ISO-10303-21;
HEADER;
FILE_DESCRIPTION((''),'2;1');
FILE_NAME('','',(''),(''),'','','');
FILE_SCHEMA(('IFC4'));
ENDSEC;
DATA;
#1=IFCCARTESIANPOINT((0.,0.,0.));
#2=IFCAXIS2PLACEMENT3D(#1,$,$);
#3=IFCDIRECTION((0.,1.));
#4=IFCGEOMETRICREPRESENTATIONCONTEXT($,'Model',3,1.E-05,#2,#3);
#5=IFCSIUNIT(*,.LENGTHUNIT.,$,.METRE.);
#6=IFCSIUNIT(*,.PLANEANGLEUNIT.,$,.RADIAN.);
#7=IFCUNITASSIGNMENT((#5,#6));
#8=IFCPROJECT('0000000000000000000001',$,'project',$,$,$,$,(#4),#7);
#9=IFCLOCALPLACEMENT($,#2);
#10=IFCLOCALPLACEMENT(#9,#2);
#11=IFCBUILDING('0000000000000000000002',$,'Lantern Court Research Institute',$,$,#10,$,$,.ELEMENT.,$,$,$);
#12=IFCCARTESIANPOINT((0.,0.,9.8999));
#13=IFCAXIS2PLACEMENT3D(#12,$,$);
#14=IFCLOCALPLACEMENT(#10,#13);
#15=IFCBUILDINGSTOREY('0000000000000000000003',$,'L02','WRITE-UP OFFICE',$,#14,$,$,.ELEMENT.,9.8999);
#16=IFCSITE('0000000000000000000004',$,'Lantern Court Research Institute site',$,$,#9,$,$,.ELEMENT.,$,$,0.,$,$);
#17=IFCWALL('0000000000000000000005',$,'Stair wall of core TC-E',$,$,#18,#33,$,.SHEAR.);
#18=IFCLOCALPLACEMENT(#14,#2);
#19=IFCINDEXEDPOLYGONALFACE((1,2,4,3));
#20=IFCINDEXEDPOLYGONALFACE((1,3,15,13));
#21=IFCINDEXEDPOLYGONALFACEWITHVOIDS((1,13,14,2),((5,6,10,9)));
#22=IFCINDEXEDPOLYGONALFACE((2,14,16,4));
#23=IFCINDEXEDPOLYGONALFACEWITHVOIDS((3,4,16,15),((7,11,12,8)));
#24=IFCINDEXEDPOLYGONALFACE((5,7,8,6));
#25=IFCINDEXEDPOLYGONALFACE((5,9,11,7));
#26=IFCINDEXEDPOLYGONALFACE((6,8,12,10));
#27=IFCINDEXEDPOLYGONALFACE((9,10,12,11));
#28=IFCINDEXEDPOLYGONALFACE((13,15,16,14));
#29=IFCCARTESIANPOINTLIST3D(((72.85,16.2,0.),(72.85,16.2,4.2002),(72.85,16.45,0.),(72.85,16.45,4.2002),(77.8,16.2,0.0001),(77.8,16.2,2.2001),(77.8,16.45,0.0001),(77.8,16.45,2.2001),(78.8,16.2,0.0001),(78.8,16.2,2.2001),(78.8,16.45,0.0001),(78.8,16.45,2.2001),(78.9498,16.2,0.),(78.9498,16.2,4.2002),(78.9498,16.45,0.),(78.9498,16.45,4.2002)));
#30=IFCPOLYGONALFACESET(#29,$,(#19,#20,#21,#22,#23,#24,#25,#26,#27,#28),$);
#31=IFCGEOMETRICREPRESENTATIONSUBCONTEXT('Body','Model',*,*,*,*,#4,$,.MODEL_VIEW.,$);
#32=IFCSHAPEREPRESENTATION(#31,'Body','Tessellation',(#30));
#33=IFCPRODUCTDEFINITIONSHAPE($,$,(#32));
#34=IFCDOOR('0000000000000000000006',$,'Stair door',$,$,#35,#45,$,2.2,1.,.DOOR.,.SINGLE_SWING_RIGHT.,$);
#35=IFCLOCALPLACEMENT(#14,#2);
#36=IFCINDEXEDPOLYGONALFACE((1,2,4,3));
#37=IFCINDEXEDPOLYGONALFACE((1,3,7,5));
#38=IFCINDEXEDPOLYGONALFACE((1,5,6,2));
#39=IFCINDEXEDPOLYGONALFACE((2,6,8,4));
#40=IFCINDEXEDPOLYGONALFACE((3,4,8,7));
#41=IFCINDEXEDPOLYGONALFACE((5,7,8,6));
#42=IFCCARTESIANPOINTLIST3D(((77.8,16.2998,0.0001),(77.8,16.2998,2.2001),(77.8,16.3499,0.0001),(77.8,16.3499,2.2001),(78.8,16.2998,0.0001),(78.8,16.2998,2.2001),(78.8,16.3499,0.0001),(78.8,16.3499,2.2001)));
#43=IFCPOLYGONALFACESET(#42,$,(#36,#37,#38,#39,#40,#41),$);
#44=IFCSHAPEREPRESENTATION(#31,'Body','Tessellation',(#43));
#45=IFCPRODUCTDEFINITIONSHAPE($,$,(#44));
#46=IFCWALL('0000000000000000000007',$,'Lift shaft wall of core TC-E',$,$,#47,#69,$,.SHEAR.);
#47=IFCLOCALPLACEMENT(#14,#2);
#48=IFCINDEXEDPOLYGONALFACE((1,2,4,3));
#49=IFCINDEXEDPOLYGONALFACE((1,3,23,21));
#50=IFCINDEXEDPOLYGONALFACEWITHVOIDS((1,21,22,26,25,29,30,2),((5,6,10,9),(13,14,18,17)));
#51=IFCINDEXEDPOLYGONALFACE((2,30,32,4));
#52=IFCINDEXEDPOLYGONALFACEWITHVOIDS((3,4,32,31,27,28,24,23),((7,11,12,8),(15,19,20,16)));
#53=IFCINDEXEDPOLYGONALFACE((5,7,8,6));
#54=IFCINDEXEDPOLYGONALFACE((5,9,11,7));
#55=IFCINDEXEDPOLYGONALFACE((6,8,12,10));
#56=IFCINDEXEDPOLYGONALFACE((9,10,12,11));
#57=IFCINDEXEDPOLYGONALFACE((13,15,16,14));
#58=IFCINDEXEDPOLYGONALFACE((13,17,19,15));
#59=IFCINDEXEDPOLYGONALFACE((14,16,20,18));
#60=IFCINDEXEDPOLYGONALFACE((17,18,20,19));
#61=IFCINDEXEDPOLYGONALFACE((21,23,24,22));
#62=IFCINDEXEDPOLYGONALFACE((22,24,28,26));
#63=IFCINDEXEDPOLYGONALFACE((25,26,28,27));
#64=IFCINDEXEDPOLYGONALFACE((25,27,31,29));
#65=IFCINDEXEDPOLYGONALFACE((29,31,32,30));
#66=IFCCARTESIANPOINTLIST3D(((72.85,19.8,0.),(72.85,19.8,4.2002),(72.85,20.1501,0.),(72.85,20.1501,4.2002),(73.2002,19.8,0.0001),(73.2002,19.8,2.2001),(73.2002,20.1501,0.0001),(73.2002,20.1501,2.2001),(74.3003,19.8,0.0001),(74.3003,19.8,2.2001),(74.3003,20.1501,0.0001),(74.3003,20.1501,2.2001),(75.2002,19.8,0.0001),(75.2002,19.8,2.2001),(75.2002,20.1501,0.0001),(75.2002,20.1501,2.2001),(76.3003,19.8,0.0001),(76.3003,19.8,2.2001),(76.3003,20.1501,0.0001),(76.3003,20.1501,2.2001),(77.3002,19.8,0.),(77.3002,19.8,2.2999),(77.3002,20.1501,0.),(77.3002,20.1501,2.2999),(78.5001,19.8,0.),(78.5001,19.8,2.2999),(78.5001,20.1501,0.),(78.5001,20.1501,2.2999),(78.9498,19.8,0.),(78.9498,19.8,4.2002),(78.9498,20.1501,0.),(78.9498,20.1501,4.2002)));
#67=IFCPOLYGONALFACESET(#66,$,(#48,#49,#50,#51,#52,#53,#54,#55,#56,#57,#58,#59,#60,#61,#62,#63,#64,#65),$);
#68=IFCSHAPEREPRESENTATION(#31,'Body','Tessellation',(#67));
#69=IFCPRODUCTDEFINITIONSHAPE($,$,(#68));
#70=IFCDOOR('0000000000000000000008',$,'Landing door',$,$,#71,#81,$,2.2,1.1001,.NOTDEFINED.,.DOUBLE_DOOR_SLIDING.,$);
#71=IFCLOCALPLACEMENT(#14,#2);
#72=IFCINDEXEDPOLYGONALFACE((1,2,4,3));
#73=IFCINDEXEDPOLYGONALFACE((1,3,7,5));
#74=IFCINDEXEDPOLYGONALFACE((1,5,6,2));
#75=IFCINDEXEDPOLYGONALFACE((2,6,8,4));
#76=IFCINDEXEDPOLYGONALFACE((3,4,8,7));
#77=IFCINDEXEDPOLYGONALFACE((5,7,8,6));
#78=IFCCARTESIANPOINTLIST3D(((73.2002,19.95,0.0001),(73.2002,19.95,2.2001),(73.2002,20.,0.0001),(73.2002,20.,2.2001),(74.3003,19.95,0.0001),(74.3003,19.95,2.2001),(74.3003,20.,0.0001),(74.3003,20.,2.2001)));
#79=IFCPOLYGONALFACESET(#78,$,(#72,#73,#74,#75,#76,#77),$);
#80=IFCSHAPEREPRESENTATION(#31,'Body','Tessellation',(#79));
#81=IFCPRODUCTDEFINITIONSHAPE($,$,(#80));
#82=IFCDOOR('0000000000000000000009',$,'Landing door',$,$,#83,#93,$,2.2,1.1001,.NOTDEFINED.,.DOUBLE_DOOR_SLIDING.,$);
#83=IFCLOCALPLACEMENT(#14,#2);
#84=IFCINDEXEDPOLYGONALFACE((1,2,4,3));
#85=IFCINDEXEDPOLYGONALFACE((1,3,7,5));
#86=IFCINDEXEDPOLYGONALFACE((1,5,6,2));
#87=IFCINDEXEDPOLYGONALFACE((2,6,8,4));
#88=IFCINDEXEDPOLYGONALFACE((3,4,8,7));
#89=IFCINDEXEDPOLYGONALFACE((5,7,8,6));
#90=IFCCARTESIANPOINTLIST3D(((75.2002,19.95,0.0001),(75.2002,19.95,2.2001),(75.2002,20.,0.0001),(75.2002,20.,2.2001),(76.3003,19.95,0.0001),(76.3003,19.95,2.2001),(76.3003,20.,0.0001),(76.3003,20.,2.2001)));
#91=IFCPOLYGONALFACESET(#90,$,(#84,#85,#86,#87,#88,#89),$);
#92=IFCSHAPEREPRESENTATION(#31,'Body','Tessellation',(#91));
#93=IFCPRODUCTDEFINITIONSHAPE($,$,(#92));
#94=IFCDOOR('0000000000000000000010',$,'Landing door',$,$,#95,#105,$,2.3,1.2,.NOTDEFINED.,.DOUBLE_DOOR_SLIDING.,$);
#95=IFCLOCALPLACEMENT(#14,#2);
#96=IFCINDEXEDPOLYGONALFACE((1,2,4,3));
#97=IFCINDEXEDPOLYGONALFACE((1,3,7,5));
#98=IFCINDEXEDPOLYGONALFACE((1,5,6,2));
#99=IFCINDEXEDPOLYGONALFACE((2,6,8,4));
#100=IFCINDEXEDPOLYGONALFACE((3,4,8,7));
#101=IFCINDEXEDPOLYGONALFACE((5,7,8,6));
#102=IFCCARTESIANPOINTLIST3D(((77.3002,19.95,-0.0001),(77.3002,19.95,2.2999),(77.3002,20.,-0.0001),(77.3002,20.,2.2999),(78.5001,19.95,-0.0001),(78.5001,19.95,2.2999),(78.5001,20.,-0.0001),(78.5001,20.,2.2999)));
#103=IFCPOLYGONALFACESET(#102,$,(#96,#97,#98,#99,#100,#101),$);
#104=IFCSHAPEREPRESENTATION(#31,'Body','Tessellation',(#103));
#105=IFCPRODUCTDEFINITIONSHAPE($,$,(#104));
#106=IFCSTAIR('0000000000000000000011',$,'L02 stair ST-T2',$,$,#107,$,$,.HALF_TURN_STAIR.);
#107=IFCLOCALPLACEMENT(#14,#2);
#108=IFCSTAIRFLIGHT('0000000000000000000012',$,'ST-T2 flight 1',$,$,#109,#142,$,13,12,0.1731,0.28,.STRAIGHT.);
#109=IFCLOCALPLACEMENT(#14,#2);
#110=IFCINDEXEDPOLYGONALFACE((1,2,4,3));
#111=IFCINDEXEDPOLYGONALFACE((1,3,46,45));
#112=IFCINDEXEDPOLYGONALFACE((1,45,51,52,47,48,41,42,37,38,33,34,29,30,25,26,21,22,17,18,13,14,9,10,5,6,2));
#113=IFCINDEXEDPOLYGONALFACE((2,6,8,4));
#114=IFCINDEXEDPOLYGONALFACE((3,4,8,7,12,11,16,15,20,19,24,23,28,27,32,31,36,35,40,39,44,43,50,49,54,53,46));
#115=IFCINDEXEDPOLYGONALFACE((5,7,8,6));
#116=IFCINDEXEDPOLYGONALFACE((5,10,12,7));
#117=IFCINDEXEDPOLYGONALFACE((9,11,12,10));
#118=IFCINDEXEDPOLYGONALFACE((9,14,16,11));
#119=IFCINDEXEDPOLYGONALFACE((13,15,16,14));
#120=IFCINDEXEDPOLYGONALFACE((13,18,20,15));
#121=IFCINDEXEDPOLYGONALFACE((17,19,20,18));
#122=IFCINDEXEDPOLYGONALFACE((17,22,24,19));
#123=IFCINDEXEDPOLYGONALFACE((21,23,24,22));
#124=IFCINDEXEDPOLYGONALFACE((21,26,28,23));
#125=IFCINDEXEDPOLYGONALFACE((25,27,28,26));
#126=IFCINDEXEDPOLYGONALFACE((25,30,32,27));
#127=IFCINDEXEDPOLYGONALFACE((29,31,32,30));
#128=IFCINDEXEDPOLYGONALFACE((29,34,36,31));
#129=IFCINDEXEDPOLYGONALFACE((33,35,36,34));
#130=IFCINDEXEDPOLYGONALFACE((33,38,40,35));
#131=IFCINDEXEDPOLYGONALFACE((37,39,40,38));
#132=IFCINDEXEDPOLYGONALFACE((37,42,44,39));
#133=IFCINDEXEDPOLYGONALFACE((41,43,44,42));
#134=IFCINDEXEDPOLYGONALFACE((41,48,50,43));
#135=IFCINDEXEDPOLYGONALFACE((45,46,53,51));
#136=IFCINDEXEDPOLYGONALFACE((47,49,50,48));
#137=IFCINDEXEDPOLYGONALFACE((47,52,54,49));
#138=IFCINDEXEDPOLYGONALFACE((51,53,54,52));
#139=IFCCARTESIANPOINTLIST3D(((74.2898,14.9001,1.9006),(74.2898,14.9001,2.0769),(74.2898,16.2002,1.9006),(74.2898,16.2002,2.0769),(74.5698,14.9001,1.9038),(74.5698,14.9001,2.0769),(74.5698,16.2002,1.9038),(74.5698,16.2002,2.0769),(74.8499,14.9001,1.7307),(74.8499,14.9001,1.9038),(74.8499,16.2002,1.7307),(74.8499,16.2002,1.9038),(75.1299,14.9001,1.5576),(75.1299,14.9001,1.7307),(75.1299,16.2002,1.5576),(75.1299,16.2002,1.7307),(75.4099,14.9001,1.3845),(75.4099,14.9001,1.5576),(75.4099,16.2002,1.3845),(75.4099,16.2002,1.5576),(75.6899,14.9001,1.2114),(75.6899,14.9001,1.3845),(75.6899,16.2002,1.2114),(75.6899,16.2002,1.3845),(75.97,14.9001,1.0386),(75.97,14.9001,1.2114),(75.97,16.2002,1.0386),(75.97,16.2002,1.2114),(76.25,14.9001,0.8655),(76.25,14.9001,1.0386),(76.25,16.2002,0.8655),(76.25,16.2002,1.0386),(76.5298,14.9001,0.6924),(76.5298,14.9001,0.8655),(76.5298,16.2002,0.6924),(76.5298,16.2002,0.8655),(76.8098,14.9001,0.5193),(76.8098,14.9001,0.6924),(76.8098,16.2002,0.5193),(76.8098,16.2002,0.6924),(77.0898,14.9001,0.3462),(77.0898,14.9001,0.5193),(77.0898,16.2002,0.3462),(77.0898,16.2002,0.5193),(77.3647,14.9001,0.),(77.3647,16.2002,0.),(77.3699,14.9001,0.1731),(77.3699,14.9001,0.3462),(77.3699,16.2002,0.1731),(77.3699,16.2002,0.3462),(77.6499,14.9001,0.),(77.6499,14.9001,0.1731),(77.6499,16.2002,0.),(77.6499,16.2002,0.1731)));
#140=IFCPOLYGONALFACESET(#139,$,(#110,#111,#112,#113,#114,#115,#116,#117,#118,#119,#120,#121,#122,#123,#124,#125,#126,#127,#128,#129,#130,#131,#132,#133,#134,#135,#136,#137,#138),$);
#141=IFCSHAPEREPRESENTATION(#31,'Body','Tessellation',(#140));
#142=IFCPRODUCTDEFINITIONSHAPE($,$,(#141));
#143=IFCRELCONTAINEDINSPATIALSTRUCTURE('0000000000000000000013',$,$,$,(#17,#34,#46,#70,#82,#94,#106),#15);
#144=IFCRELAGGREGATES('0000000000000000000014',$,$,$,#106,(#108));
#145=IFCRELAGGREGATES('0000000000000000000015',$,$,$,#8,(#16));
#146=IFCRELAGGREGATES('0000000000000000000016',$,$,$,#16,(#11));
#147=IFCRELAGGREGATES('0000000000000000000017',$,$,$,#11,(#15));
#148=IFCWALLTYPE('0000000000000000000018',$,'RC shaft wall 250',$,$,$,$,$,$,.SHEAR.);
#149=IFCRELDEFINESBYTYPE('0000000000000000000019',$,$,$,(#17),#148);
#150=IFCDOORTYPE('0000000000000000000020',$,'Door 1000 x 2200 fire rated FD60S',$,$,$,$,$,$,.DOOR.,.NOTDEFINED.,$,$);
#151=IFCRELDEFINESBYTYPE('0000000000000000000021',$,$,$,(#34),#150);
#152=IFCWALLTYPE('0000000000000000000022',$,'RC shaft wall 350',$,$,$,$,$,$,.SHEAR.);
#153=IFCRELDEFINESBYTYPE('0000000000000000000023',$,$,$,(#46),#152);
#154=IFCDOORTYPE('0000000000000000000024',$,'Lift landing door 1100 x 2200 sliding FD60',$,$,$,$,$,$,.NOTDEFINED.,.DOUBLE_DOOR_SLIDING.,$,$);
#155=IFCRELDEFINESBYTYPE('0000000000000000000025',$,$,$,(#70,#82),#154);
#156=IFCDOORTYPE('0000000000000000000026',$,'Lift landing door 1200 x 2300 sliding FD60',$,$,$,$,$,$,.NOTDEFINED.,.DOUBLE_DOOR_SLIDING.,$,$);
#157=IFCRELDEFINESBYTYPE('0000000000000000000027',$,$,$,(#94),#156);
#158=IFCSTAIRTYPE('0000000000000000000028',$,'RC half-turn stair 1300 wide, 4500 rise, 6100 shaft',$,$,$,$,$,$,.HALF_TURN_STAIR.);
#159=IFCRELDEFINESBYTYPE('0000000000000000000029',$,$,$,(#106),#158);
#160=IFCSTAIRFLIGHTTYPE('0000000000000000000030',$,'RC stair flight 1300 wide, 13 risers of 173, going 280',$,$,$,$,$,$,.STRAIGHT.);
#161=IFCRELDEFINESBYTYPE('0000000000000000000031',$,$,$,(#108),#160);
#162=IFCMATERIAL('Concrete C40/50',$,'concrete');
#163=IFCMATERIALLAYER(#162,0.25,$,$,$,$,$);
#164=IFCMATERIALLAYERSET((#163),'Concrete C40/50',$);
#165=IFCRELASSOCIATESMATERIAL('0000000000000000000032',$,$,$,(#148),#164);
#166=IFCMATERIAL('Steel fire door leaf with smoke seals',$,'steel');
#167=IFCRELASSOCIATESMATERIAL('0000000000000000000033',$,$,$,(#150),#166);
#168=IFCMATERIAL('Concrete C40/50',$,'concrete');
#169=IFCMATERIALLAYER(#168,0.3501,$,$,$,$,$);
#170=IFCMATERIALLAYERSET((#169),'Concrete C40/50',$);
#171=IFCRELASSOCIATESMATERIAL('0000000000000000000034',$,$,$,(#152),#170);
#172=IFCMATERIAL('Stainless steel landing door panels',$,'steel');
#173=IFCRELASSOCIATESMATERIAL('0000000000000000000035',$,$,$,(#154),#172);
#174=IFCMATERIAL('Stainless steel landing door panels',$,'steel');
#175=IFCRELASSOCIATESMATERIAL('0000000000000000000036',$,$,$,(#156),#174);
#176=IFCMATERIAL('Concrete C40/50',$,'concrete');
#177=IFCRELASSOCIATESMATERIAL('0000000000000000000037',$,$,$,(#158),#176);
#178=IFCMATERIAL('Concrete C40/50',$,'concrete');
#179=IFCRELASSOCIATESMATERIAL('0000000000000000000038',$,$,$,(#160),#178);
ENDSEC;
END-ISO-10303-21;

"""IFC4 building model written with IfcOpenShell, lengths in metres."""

from ifc_helpers import new_model, si_unit, direction, frame, frame_2d, origin, place, context, subcontext, project, spatial, polyline, rectangle, outline, extrude, material, layer, layer_set, type_object, element, fill, aggregate, save


model = new_model("IFC4")

# Units and contexts
model_context = context("Model", 3, precision=1e-05, world=origin(), true_north=direction((0.0, 1.0)))
body_context = subcontext(model_context, "Body", "Model", "MODEL_VIEW")
ifc_project = project(units=[si_unit("LENGTHUNIT", "METRE"), si_unit("PLANEANGLEUNIT", "RADIAN")], contexts=[model_context])

# Site, building, storey
site_placement = place(None, origin())
site = spatial("IfcSite", under=ifc_project, at=site_placement, Name="Lantern Court Research Institute site", CompositionType="ELEMENT", RefElevation=0.0)
building_placement = place(site_placement, origin())
building = spatial("IfcBuilding", under=site, at=building_placement, Name="Lantern Court Research Institute", CompositionType="ELEMENT")
storey_placement = place(building_placement, frame((0.0, 0.0, 9.8999)))
storey = spatial("IfcBuildingStorey", under=building, at=storey_placement, Name="L02", Description="WRITE-UP OFFICE", CompositionType="ELEMENT", Elevation=9.8999)

# Wall, opening, door
ifc_material_1 = material(Name="Concrete C40/50", Category="concrete")
ifc_layer_1 = layer(ifc_material_1, 0.25)
ifc_layer_set_1 = layer_set([ifc_layer_1], Name="Concrete C40/50")
wall_type_1 = type_object("IfcWallType", Name="RC shaft wall 250", PredefinedType="SHEAR", material=ifc_layer_set_1)
wall_1_placement = place(storey_placement, frame((72.8501, 16.325, 0.0), z_axis=(0.0, 0.0, 1.0), x_axis=(1.0, 0.0, 0.0)))
wall_1 = element("IfcWall", 1, at=wall_1_placement, inside=storey, type_object=wall_type_1, Name="Stair wall of core TC-E", PredefinedType="SHEAR", context=body_context, shape_type="SweptSolid", body=[
    extrude(rectangle(XDim=6.0999, YDim=0.25, at=frame_2d((3.0498, 0.0))), origin(), (0.0, 0.0, 1.0), 4.2002),
])
opening_1_placement = place(wall_1_placement, frame((4.95, 0.0, 0.0)))
opening_1 = element("IfcOpeningElement", 2, at=opening_1_placement, cuts=wall_1, PredefinedType="OPENING", context=body_context, shape_type="SweptSolid", body=[
    extrude(rectangle(XDim=1.0, YDim=2.2, at=frame_2d((0.5, 1.1001))), frame((0.0, 0.135, 0.0), z_axis=(0.0, -1.0, 0.0), x_axis=(1.0, 0.0, 0.0)), (0.0, 0.0, 1.0), 0.27),
])
ifc_material_2 = material(Name="Steel fire door leaf with smoke seals", Category="steel")
door_type_1 = type_object("IfcDoorType", Name="Door 1000 x 2200 fire rated FD60S", OperationType="NOTDEFINED", PredefinedType="DOOR", material=ifc_material_2)
door_1_placement = place(opening_1_placement, origin())
door_1 = element("IfcDoor", 3, at=door_1_placement, inside=storey, type_object=door_type_1, Name="Stair door", OperationType="SINGLE_SWING_RIGHT", OverallHeight=2.2, OverallWidth=1.0, PredefinedType="DOOR", context=body_context, shape_type="SweptSolid", body=[
    extrude(rectangle(XDim=1.0, YDim=2.2, at=frame_2d((0.5, 1.1001))), frame((0.0, 0.0249, 0.0), z_axis=(0.0, -1.0, 0.0), x_axis=(1.0, 0.0, 0.0)), (0.0, 0.0, 1.0), 0.05),
])
fill(opening_1, door_1)

# Wall, openings, doors
ifc_material_3 = material(Name="Concrete C40/50", Category="concrete")
ifc_layer_2 = layer(ifc_material_3, 0.3501)
ifc_layer_set_2 = layer_set([ifc_layer_2], Name="Concrete C40/50")
wall_type_2 = type_object("IfcWallType", Name="RC shaft wall 350", PredefinedType="SHEAR", material=ifc_layer_set_2)
wall_2_placement = place(storey_placement, frame((72.8501, 19.9751, 0.0), z_axis=(0.0, 0.0, 1.0), x_axis=(1.0, 0.0, 0.0)))
wall_2 = element("IfcWall", 4, at=wall_2_placement, inside=storey, type_object=wall_type_2, Name="Lift shaft wall of core TC-E", PredefinedType="SHEAR", context=body_context, shape_type="SweptSolid", body=[
    extrude(rectangle(XDim=6.0999, YDim=0.3501, at=frame_2d((3.0498, 0.0))), origin(), (0.0, 0.0, 1.0), 4.2002),
])
opening_2_placement = place(wall_2_placement, frame((0.3501, 0.0, 0.0)))
opening_2 = element("IfcOpeningElement", 5, at=opening_2_placement, cuts=wall_2, PredefinedType="OPENING", context=body_context, shape_type="SweptSolid", body=[
    extrude(rectangle(XDim=1.1001, YDim=2.2, at=frame_2d((0.55, 1.1001))), frame((0.0, 0.1851, 0.0), z_axis=(0.0, -1.0, 0.0), x_axis=(1.0, 0.0, 0.0)), (0.0, 0.0, 1.0), 0.3701),
])
opening_3_placement = place(wall_2_placement, frame((2.3501, 0.0, 0.0)))
opening_3 = element("IfcOpeningElement", 6, at=opening_3_placement, cuts=wall_2, PredefinedType="OPENING", context=body_context, shape_type="SweptSolid", body=[
    extrude(rectangle(XDim=1.1001, YDim=2.2, at=frame_2d((0.55, 1.1001))), frame((0.0, 0.1851, 0.0), z_axis=(0.0, -1.0, 0.0), x_axis=(1.0, 0.0, 0.0)), (0.0, 0.0, 1.0), 0.3701),
])
opening_4_placement = place(wall_2_placement, frame((4.45, 0.0, 0.0)))
opening_4 = element("IfcOpeningElement", 7, at=opening_4_placement, cuts=wall_2, PredefinedType="OPENING", context=body_context, shape_type="SweptSolid", body=[
    extrude(rectangle(XDim=1.2, YDim=2.3, at=frame_2d((0.6001, 1.1499))), frame((0.0, 0.1851, 0.0), z_axis=(0.0, -1.0, 0.0), x_axis=(1.0, 0.0, 0.0)), (0.0, 0.0, 1.0), 0.3701),
])
ifc_material_4 = material(Name="Stainless steel landing door panels", Category="steel")
door_type_2 = type_object("IfcDoorType", Name="Lift landing door 1100 x 2200 sliding FD60", OperationType="DOUBLE_DOOR_SLIDING", PredefinedType="NOTDEFINED", material=ifc_material_4)
door_2_placement = place(opening_2_placement, origin())
door_2 = element("IfcDoor", 8, at=door_2_placement, inside=storey, type_object=door_type_2, Name="Landing door", OperationType="DOUBLE_DOOR_SLIDING", OverallHeight=2.2, OverallWidth=1.1001, PredefinedType="NOTDEFINED", context=body_context, shape_type="SweptSolid", body=[
    extrude(rectangle(XDim=1.1001, YDim=2.2, at=frame_2d((0.55, 1.1001))), frame((0.0, 0.0249, 0.0), z_axis=(0.0, -1.0, 0.0), x_axis=(1.0, 0.0, 0.0)), (0.0, 0.0, 1.0), 0.05),
])
fill(opening_2, door_2)
door_3_placement = place(opening_3_placement, origin())
door_3 = element("IfcDoor", 9, at=door_3_placement, inside=storey, type_object=door_type_2, Name="Landing door", OperationType="DOUBLE_DOOR_SLIDING", OverallHeight=2.2, OverallWidth=1.1001, PredefinedType="NOTDEFINED", context=body_context, shape_type="SweptSolid", body=[
    extrude(rectangle(XDim=1.1001, YDim=2.2, at=frame_2d((0.55, 1.1001))), frame((0.0, 0.0249, 0.0), z_axis=(0.0, -1.0, 0.0), x_axis=(1.0, 0.0, 0.0)), (0.0, 0.0, 1.0), 0.05),
])
fill(opening_3, door_3)
ifc_material_5 = material(Name="Stainless steel landing door panels", Category="steel")
door_type_3 = type_object("IfcDoorType", Name="Lift landing door 1200 x 2300 sliding FD60", OperationType="DOUBLE_DOOR_SLIDING", PredefinedType="NOTDEFINED", material=ifc_material_5)
door_4_placement = place(opening_4_placement, origin())
door_4 = element("IfcDoor", 10, at=door_4_placement, inside=storey, type_object=door_type_3, Name="Landing door", OperationType="DOUBLE_DOOR_SLIDING", OverallHeight=2.3, OverallWidth=1.2, PredefinedType="NOTDEFINED", context=body_context, shape_type="SweptSolid", body=[
    extrude(rectangle(XDim=1.2, YDim=2.3, at=frame_2d((0.6001, 1.1499))), frame((0.0, 0.0249, 0.0), z_axis=(0.0, -1.0, 0.0), x_axis=(1.0, 0.0, 0.0)), (0.0, 0.0, 1.0), 0.05),
])
fill(opening_4, door_4)

# Stair, stair flight
ifc_material_6 = material(Name="Concrete C40/50", Category="concrete")
stair_type = type_object("IfcStairType", Name="RC half-turn stair 1300 wide, 4500 rise, 6100 shaft", PredefinedType="HALF_TURN_STAIR", material=ifc_material_6)
stair_placement = place(storey_placement, origin())
stair = element("IfcStair", 11, at=stair_placement, inside=storey, type_object=stair_type, Name="L02 stair ST-T2", PredefinedType="HALF_TURN_STAIR")
ifc_material_7 = material(Name="Concrete C40/50", Category="concrete")
stair_flight_type = type_object("IfcStairFlightType", Name="RC stair flight 1300 wide, 13 risers of 173, going 280", PredefinedType="STRAIGHT", material=ifc_material_7)
stair_flight_1_placement = place(storey_placement, frame((77.6499, 15.55, 0.0), z_axis=(0.0, 0.0, 1.0), x_axis=(-1.0, 0.0, 0.0)))
stair_flight_1 = element("IfcStairFlight", 12, at=stair_flight_1_placement, type_object=stair_flight_type, Name="ST-T2 flight 1", NumberOfRisers=13, NumberOfTreads=12, PredefinedType="STRAIGHT", RiserHeight=0.1731, TreadLength=0.28, context=body_context, shape_type="SweptSolid", body=[
    extrude(outline(polyline([(0.0, 0.0), (0.0, 0.1731), (0.28, 0.1731), (0.28, 0.3462), (0.5601, 0.3462), (0.5601, 0.5193), (0.8401, 0.5193), (0.8401, 0.6924), (1.1201, 0.6924), (1.1201, 0.8655), (1.3999, 0.8655), (1.3999, 1.0386), (1.6799, 1.0386), (1.6799, 1.2114), (1.96, 1.2114), (1.96, 1.3845), (2.24, 1.3845), (2.24, 1.5576), (2.52, 1.5576), (2.52, 1.7307), (2.8, 1.7307), (2.8, 1.9038), (3.0801, 1.9038), (3.0801, 2.0769), (3.3601, 2.0769), (3.3601, 2.25), (3.3601, 1.9006), (0.2852, 0.0), (0.0, 0.0)])), frame((0.0, 0.6499, 0.0), z_axis=(0.0, -1.0, 0.0), x_axis=(1.0, 0.0, 0.0)), (0.0, 0.0, 1.0), 1.3),
])
aggregate(stair, [stair_flight_1])

save(model, "model.ifc")
